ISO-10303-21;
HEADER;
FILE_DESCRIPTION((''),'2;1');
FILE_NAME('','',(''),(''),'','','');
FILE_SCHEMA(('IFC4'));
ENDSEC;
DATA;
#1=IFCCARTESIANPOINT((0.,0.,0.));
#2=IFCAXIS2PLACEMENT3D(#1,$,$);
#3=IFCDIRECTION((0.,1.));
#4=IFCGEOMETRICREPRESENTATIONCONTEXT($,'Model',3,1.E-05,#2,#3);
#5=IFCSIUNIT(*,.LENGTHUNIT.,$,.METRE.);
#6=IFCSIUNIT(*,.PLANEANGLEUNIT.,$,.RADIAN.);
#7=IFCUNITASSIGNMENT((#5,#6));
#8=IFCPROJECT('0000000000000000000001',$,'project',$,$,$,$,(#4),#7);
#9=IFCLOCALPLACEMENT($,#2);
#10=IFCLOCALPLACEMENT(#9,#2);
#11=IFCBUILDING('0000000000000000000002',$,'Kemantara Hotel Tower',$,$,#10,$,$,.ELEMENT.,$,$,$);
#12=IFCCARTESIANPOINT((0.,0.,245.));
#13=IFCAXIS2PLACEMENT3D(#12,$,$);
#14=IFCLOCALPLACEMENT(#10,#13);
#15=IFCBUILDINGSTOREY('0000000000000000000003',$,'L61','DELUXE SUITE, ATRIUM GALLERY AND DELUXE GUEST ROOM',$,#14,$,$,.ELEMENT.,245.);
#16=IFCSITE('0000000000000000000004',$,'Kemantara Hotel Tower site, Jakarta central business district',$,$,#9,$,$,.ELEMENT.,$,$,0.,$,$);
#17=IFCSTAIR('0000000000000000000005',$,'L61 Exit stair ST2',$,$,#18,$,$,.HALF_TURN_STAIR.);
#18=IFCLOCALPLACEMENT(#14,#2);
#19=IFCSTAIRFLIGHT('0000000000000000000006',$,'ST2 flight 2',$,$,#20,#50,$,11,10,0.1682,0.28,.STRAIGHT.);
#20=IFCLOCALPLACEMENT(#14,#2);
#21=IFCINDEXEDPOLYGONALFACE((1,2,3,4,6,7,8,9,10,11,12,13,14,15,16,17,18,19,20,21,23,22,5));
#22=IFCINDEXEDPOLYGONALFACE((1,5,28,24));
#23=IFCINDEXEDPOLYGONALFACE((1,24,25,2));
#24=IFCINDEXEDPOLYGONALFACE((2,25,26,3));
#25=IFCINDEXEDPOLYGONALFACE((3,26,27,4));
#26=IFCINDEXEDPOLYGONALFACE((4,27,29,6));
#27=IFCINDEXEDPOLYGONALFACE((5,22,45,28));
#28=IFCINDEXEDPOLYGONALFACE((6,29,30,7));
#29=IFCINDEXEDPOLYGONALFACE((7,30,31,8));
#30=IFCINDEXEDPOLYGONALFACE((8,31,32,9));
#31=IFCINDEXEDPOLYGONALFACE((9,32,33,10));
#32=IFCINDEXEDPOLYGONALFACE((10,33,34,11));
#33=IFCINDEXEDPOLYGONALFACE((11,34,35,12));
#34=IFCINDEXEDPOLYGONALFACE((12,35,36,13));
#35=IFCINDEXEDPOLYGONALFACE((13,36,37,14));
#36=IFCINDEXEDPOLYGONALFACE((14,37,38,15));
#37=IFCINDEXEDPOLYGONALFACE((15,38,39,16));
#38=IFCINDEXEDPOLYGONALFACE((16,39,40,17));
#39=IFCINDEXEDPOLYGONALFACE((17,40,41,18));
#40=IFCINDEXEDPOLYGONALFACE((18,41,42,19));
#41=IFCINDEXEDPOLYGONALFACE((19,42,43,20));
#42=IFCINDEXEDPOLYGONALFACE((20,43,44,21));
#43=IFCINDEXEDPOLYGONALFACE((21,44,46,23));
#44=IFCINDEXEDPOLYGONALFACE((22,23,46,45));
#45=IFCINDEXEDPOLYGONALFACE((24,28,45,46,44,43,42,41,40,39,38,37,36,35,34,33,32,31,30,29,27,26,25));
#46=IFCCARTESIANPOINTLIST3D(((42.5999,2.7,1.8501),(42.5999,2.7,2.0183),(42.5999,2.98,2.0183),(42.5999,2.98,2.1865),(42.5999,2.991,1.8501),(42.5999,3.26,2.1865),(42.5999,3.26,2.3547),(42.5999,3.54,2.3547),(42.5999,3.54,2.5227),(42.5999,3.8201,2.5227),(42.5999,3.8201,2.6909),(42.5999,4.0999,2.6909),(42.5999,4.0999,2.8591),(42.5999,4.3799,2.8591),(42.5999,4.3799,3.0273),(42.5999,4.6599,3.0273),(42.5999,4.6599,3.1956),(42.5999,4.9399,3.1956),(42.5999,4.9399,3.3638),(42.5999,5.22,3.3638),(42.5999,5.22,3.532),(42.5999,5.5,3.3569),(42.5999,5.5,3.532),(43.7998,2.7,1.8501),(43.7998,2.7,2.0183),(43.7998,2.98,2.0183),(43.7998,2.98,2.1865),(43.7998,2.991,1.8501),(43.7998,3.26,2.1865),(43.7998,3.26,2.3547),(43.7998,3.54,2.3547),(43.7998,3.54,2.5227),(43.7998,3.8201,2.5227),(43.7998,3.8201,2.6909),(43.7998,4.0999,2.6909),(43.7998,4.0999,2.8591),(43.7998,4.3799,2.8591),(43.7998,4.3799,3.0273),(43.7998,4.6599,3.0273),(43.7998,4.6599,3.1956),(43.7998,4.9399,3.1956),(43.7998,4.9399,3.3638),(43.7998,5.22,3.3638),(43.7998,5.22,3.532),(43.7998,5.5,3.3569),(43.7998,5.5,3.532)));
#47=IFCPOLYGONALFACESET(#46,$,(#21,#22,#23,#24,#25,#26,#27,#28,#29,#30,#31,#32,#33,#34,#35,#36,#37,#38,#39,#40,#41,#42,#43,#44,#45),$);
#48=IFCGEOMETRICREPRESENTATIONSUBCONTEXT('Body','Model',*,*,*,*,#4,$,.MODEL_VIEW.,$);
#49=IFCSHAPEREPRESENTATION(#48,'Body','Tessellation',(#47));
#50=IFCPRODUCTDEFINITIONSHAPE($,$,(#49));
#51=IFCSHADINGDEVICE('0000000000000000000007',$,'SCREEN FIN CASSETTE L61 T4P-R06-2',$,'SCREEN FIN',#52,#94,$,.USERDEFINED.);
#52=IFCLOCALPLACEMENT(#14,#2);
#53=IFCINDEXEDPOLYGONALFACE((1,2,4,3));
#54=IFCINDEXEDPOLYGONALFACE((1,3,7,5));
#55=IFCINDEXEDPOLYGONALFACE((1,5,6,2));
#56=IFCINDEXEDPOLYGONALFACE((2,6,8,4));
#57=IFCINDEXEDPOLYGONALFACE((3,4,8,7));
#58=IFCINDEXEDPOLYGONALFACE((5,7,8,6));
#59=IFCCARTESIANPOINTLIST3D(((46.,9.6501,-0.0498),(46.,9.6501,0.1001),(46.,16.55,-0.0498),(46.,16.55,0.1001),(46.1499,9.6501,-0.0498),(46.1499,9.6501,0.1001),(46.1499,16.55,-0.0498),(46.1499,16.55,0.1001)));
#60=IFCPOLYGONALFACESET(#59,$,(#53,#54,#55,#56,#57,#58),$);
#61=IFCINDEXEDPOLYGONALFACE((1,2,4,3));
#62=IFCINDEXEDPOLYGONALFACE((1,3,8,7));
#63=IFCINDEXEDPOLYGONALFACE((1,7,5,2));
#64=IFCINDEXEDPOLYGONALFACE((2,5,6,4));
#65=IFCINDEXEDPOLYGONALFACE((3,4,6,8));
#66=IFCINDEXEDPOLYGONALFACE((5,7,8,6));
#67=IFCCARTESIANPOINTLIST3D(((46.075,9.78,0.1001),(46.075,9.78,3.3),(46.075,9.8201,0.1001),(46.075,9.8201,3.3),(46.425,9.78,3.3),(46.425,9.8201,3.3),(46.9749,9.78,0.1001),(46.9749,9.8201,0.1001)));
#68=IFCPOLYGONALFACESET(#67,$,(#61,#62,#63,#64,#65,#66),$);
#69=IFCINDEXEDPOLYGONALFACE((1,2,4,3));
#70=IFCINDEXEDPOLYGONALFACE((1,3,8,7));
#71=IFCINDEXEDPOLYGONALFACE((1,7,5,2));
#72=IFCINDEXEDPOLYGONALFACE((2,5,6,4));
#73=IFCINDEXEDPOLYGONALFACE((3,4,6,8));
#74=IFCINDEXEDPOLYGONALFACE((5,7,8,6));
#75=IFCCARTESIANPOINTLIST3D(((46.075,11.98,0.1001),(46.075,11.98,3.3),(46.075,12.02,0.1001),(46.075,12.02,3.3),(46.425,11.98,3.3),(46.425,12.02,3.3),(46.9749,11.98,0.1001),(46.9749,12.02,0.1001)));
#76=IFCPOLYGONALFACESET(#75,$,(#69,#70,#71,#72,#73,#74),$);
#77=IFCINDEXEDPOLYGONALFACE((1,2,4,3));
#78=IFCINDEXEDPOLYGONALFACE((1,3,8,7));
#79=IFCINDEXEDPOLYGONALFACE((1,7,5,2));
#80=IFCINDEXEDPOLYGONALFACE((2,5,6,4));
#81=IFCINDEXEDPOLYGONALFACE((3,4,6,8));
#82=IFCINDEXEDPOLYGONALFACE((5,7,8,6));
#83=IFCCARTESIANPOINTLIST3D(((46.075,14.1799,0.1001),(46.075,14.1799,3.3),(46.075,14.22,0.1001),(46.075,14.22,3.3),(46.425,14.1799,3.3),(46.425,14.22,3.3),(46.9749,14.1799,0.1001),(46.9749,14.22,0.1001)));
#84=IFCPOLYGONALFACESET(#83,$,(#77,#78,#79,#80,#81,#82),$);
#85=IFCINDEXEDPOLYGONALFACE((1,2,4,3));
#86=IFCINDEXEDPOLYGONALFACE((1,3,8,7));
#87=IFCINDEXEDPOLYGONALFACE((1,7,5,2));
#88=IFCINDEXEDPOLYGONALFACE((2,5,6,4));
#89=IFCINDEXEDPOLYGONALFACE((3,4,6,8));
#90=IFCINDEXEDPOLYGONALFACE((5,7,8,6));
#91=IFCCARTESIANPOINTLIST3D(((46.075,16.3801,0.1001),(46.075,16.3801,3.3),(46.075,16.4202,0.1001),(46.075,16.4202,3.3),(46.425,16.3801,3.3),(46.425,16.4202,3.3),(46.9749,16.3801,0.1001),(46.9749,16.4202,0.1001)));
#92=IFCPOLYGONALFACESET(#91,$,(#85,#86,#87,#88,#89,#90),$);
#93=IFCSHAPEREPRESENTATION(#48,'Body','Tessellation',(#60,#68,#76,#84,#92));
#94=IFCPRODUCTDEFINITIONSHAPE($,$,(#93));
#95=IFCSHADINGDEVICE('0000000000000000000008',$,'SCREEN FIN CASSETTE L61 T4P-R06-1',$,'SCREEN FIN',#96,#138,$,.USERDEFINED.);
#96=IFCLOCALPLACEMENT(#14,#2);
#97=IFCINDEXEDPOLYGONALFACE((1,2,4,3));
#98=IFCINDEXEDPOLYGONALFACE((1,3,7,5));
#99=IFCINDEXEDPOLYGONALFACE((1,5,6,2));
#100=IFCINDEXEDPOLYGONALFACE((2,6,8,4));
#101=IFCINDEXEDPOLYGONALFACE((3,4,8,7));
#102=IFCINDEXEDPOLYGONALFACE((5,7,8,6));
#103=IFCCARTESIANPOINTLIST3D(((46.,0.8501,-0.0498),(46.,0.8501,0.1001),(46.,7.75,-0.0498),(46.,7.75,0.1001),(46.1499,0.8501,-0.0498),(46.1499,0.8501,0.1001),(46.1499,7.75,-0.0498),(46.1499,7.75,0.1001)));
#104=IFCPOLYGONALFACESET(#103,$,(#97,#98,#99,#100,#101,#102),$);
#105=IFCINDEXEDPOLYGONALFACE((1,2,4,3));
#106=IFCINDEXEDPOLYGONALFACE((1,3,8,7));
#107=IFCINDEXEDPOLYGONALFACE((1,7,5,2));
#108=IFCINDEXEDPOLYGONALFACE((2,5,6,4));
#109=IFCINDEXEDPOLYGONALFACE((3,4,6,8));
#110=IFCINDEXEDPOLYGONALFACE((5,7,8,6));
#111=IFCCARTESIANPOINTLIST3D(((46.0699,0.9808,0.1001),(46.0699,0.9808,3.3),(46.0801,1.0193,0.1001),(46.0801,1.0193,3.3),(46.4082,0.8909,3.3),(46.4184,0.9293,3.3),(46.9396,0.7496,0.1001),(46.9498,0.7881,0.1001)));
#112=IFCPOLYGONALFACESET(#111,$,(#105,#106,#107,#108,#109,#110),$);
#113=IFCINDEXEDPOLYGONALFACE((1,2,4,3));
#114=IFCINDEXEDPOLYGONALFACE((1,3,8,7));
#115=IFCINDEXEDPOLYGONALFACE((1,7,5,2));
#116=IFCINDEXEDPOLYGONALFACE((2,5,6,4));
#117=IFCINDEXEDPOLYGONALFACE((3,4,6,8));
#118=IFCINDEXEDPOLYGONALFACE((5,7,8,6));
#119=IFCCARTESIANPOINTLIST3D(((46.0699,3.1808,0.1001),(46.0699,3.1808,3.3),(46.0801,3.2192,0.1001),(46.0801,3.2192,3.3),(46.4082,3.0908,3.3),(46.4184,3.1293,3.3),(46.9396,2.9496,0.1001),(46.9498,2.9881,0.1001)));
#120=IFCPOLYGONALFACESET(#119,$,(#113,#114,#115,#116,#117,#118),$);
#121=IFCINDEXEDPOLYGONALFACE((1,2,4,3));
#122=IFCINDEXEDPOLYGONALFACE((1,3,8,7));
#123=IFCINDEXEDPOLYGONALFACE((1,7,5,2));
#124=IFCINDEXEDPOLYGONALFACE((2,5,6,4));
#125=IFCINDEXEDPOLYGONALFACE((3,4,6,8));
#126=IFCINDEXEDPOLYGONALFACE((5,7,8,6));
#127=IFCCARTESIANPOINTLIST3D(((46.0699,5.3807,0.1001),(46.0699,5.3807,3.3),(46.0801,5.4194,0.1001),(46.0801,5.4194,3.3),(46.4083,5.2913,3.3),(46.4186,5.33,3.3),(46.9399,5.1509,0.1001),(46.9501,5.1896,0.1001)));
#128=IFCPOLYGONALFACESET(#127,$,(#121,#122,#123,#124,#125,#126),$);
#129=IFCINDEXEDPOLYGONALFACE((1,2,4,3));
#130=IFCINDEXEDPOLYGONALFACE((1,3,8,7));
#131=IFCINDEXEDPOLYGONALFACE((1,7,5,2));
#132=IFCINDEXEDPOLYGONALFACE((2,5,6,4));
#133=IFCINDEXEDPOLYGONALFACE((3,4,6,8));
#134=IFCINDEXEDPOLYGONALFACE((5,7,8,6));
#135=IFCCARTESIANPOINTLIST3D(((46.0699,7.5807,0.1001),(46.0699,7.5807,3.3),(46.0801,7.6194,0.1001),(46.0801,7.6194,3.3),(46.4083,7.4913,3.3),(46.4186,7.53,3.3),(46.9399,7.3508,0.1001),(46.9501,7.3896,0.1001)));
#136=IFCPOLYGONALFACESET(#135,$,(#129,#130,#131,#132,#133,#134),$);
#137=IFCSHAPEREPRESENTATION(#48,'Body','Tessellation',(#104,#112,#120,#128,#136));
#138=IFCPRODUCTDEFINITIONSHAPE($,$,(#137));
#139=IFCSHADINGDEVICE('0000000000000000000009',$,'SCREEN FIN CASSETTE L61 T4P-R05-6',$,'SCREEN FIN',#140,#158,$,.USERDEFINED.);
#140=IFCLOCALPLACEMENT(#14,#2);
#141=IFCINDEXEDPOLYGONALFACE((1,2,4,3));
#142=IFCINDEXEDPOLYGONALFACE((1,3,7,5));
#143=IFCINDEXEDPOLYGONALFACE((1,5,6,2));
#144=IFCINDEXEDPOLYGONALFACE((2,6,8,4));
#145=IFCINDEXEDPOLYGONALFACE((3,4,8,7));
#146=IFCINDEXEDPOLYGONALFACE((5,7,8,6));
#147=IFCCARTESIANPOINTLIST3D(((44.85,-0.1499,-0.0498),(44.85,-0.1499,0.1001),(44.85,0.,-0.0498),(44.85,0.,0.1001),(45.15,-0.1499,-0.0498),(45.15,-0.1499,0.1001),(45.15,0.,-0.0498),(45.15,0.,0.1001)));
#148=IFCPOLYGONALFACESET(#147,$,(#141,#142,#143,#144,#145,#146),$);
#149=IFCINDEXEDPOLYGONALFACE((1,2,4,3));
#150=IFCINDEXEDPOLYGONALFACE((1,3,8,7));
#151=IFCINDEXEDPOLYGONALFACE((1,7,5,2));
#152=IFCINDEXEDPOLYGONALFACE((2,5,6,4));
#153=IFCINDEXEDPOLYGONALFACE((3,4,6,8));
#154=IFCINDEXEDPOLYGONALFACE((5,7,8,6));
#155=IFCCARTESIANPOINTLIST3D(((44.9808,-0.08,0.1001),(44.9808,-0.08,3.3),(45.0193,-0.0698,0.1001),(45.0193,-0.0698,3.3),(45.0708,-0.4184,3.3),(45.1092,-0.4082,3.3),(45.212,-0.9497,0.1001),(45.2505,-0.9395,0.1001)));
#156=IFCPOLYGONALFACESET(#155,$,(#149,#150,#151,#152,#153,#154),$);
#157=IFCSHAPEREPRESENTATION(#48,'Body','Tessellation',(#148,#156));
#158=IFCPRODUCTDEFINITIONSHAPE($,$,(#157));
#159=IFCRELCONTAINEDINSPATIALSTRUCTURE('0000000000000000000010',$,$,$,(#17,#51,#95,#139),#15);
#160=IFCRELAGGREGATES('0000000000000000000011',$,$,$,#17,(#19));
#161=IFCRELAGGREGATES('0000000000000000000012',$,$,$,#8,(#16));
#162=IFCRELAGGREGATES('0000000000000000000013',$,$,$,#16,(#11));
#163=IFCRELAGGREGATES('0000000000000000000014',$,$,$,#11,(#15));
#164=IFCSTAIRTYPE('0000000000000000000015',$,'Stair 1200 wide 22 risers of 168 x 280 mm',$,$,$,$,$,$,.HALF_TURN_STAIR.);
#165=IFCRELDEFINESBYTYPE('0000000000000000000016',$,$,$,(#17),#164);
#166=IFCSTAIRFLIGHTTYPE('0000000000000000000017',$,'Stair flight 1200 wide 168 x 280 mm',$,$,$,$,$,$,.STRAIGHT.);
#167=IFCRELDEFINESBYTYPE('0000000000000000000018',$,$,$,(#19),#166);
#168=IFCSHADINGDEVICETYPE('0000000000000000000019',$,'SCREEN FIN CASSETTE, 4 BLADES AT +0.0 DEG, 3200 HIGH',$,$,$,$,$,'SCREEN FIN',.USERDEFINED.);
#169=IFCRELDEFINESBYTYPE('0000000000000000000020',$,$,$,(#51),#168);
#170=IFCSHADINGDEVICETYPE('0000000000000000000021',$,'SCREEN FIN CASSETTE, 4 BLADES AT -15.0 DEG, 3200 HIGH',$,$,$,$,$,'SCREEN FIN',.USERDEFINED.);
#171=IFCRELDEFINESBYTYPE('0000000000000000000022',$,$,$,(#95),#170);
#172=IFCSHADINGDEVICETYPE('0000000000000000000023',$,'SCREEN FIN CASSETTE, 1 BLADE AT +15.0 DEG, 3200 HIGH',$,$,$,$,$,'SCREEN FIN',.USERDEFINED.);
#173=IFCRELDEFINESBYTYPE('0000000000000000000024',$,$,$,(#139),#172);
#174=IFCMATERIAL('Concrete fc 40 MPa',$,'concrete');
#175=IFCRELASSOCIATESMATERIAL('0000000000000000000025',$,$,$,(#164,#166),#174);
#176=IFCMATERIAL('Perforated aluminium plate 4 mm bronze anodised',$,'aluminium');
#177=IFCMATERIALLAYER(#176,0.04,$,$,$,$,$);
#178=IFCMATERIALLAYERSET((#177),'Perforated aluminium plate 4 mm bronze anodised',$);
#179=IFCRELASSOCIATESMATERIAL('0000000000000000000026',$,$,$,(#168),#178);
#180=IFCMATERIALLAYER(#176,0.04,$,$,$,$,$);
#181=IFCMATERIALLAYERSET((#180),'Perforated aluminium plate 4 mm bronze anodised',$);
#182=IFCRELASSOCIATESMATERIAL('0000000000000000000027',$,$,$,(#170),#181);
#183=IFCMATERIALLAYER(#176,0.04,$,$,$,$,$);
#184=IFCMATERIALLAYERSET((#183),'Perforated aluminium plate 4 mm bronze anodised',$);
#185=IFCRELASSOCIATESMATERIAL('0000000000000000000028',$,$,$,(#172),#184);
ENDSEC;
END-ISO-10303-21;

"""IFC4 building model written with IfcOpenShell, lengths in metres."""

from ifc_helpers import new_model, si_unit, direction, frame, origin, origin_2d, place, context, subcontext, project, spatial, polyline, rectangle, outline, extrude, source, transform, mapped, material, layer, layer_set, type_object, element, aggregate, save


model = new_model("IFC4")

# Units and contexts
model_context = context("Model", 3, precision=1e-05, world=origin(), true_north=direction((0.0, 1.0)))
body_context = subcontext(model_context, "Body", "Model", "MODEL_VIEW")
ifc_project = project(units=[si_unit("LENGTHUNIT", "METRE"), si_unit("PLANEANGLEUNIT", "RADIAN")], contexts=[model_context])

# Site, building, storey
site_placement = place(None, origin())
site = spatial("IfcSite", under=ifc_project, at=site_placement, Name="Kemantara Hotel Tower site, Jakarta central business district", CompositionType="ELEMENT", RefElevation=0.0)
building_placement = place(site_placement, origin())
building = spatial("IfcBuilding", under=site, at=building_placement, Name="Kemantara Hotel Tower", CompositionType="ELEMENT")
storey_placement = place(building_placement, frame((0.0, 0.0, 245.0)))
storey = spatial("IfcBuildingStorey", under=building, at=storey_placement, Name="L61", Description="DELUXE SUITE, ATRIUM GALLERY AND DELUXE GUEST ROOM", CompositionType="ELEMENT", Elevation=245.0)

# Stair, stair flight
ifc_material_1 = material(Name="Concrete fc 40 MPa", Category="concrete")
stair_type = type_object("IfcStairType", Name="Stair 1200 wide 22 risers of 168 x 280 mm", PredefinedType="HALF_TURN_STAIR", material=ifc_material_1)
stair_placement = place(storey_placement, origin())
stair = element("IfcStair", 1, at=stair_placement, inside=storey, type_object=stair_type, Name="L61 Exit stair ST2", PredefinedType="HALF_TURN_STAIR")
stair_flight_type = type_object("IfcStairFlightType", Name="Stair flight 1200 wide 168 x 280 mm", PredefinedType="STRAIGHT", material=ifc_material_1)
stair_flight_placement = place(storey_placement, frame((43.2, 2.7, 1.8501), z_axis=(0.0, 0.0, 1.0), x_axis=(0.0, 1.0, 0.0)))
stair_flight = element("IfcStairFlight", 2, at=stair_flight_placement, type_object=stair_flight_type, Name="ST2 flight 2", NumberOfRisers=11, NumberOfTreads=10, PredefinedType="STRAIGHT", RiserHeight=0.1682, TreadLength=0.28, context=body_context, shape_type="SweptSolid", body=[
    extrude(outline(polyline([(0.0, 0.0), (0.0, 0.1682), (0.28, 0.1682), (0.28, 0.3364), (0.5601, 0.3364), (0.5601, 0.5046), (0.8401, 0.5046), (0.8401, 0.6726), (1.1201, 0.6726), (1.1201, 0.8408), (1.3999, 0.8408), (1.3999, 1.009), (1.6799, 1.009), (1.6799, 1.1772), (1.96, 1.1772), (1.96, 1.3455), (2.24, 1.3455), (2.24, 1.5137), (2.52, 1.5137), (2.52, 1.6819), (2.8, 1.6819), (2.8, 1.8501), (2.8, 1.5068), (0.291, 0.0), (0.0, 0.0)])), frame((0.0, 0.6001, 0.0), z_axis=(0.0, -1.0, 0.0), x_axis=(1.0, 0.0, 0.0)), (0.0, 0.0, 1.0), 1.2),
])
aggregate(stair, [stair_flight])

# Shading devices
ifc_material_2 = material(Name="Perforated aluminium plate 4 mm bronze anodised", Category="aluminium")
ifc_layer_1 = layer(ifc_material_2, 0.04)
ifc_layer_set_1 = layer_set([ifc_layer_1], Name="Perforated aluminium plate 4 mm bronze anodised")
shading_device_type_1 = type_object("IfcShadingDeviceType", Name="SCREEN FIN CASSETTE, 4 BLADES AT +0.0 DEG, 3200 HIGH", ElementType="SCREEN FIN", PredefinedType="USERDEFINED", material=ifc_layer_set_1)
shared_shape_1 = source(origin(), body_context, "Body", "SweptSolid", [
    extrude(rectangle(XDim=6.8999, YDim=0.1499, at=origin_2d()), frame((3.3, -0.075, -0.1499), z_axis=(0.0, 0.0, 1.0), x_axis=(1.0, 0.0, 0.0)), (0.0, 0.0, 1.0), 0.1499),
    extrude(outline(polyline([(0.0, 0.0), (0.8999, 0.0), (0.3501, 3.2), (0.0, 3.2), (0.0, 0.0)])), frame((0.02, -0.075, 0.0), z_axis=(-1.0, 0.0, 0.0), x_axis=(0.0, -1.0, 0.0)), (0.0, 0.0, 1.0), 0.04),
    extrude(outline(polyline([(0.0, 0.0), (0.8999, 0.0), (0.3501, 3.2), (0.0, 3.2), (0.0, 0.0)])), frame((2.22, -0.075, 0.0), z_axis=(-1.0, 0.0, 0.0), x_axis=(0.0, -1.0, 0.0)), (0.0, 0.0, 1.0), 0.04),
    extrude(outline(polyline([(0.0, 0.0), (0.8999, 0.0), (0.3501, 3.2), (0.0, 3.2), (0.0, 0.0)])), frame((4.4199, -0.075, 0.0), z_axis=(-1.0, 0.0, 0.0), x_axis=(0.0, -1.0, 0.0)), (0.0, 0.0, 1.0), 0.04),
    extrude(outline(polyline([(0.0, 0.0), (0.8999, 0.0), (0.3501, 3.2), (0.0, 3.2), (0.0, 0.0)])), frame((6.6201, -0.075, 0.0), z_axis=(-1.0, 0.0, 0.0), x_axis=(0.0, -1.0, 0.0)), (0.0, 0.0, 1.0), 0.04),
])
shading_device_1_placement = place(storey_placement, frame((46.0, 9.8, 0.1001), z_axis=(0.0, 0.0, 1.0), x_axis=(0.0, 1.0, 0.0)))
element("IfcShadingDevice", 3, at=shading_device_1_placement, inside=storey, type_object=shading_device_type_1, Name="SCREEN FIN CASSETTE L61 T4P-R06-2", ObjectType="SCREEN FIN", PredefinedType="USERDEFINED", context=body_context, shape_type="MappedRepresentation", body=[
    mapped(shared_shape_1, transform((0.0, 0.0, 0.0))),
])
ifc_layer_2 = layer(ifc_material_2, 0.04)
ifc_layer_set_2 = layer_set([ifc_layer_2], Name="Perforated aluminium plate 4 mm bronze anodised")
shading_device_type_2 = type_object("IfcShadingDeviceType", Name="SCREEN FIN CASSETTE, 4 BLADES AT -15.0 DEG, 3200 HIGH", ElementType="SCREEN FIN", PredefinedType="USERDEFINED", material=ifc_layer_set_2)
shared_shape_2 = source(origin(), body_context, "Body", "SweptSolid", [
    extrude(rectangle(XDim=6.8999, YDim=0.1499, at=origin_2d()), frame((3.3, -0.075, -0.1499), z_axis=(0.0, 0.0, 1.0), x_axis=(1.0, 0.0, 0.0)), (0.0, 0.0, 1.0), 0.1499),
    extrude(outline(polyline([(0.0, 0.0), (0.8999, 0.0), (0.3501, 3.2), (0.0, 3.2), (0.0, 0.0)])), frame((0.0193, -0.0801, 0.0), z_axis=(-0.966438, 0.256901, 0.0), x_axis=(-0.256901, -0.966438, 0.0)), (0.0, 0.0, 1.0), 0.0398),
    extrude(outline(polyline([(0.0, 0.0), (0.8999, 0.0), (0.3501, 3.2), (0.0, 3.2), (0.0, 0.0)])), frame((2.2192, -0.0801, 0.0), z_axis=(-0.966438, 0.256901, 0.0), x_axis=(-0.256901, -0.966438, 0.0)), (0.0, 0.0, 1.0), 0.0398),
    extrude(outline(polyline([(0.0, 0.0), (0.8999, 0.0), (0.3501, 3.2), (0.0, 3.2), (0.0, 0.0)])), frame((4.4194, -0.0801, 0.0), z_axis=(-0.966838, 0.255391, 0.0), x_axis=(-0.255391, -0.966838, 0.0)), (0.0, 0.0, 1.0), 0.04),
    extrude(outline(polyline([(0.0, 0.0), (0.8999, 0.0), (0.3501, 3.2), (0.0, 3.2), (0.0, 0.0)])), frame((6.6194, -0.0801, 0.0), z_axis=(-0.966838, 0.255391, 0.0), x_axis=(-0.255391, -0.966838, 0.0)), (0.0, 0.0, 1.0), 0.04),
])
shading_device_2_placement = place(storey_placement, frame((46.0, 1.0, 0.1001), z_axis=(0.0, 0.0, 1.0), x_axis=(0.0, 1.0, 0.0)))
element("IfcShadingDevice", 4, at=shading_device_2_placement, inside=storey, type_object=shading_device_type_2, Name="SCREEN FIN CASSETTE L61 T4P-R06-1", ObjectType="SCREEN FIN", PredefinedType="USERDEFINED", context=body_context, shape_type="MappedRepresentation", body=[
    mapped(shared_shape_2, transform((0.0, 0.0, 0.0))),
])
ifc_layer_3 = layer(ifc_material_2, 0.04)
ifc_layer_set_3 = layer_set([ifc_layer_3], Name="Perforated aluminium plate 4 mm bronze anodised")
shading_device_type_3 = type_object("IfcShadingDeviceType", Name="SCREEN FIN CASSETTE, 1 BLADE AT +15.0 DEG, 3200 HIGH", ElementType="SCREEN FIN", PredefinedType="USERDEFINED", material=ifc_layer_set_3)
shared_shape_3 = source(origin(), body_context, "Body", "SweptSolid", [
    extrude(rectangle(XDim=0.3, YDim=0.1499, at=origin_2d()), frame((0.0, -0.075, -0.1499), z_axis=(0.0, 0.0, 1.0), x_axis=(1.0, 0.0, 0.0)), (0.0, 0.0, 1.0), 0.1499),
    extrude(outline(polyline([(0.0, 0.0), (0.8999, 0.0), (0.3501, 3.2), (0.0, 3.2), (0.0, 0.0)])), frame((0.0193, -0.0698, 0.0), z_axis=(-0.966438, -0.256901, 0.0), x_axis=(0.256901, -0.966438, 0.0)), (0.0, 0.0, 1.0), 0.0398),
])
shading_device_3_placement = place(storey_placement, frame((45.0, 0.0, 0.1001), z_axis=(0.0, 0.0, 1.0), x_axis=(1.0, 0.0, 0.0)))
element("IfcShadingDevice", 5, at=shading_device_3_placement, inside=storey, type_object=shading_device_type_3, Name="SCREEN FIN CASSETTE L61 T4P-R05-6", ObjectType="SCREEN FIN", PredefinedType="USERDEFINED", context=body_context, shape_type="MappedRepresentation", body=[
    mapped(shared_shape_3, transform((0.0, 0.0, 0.0))),
])

save(model, "model.ifc")
